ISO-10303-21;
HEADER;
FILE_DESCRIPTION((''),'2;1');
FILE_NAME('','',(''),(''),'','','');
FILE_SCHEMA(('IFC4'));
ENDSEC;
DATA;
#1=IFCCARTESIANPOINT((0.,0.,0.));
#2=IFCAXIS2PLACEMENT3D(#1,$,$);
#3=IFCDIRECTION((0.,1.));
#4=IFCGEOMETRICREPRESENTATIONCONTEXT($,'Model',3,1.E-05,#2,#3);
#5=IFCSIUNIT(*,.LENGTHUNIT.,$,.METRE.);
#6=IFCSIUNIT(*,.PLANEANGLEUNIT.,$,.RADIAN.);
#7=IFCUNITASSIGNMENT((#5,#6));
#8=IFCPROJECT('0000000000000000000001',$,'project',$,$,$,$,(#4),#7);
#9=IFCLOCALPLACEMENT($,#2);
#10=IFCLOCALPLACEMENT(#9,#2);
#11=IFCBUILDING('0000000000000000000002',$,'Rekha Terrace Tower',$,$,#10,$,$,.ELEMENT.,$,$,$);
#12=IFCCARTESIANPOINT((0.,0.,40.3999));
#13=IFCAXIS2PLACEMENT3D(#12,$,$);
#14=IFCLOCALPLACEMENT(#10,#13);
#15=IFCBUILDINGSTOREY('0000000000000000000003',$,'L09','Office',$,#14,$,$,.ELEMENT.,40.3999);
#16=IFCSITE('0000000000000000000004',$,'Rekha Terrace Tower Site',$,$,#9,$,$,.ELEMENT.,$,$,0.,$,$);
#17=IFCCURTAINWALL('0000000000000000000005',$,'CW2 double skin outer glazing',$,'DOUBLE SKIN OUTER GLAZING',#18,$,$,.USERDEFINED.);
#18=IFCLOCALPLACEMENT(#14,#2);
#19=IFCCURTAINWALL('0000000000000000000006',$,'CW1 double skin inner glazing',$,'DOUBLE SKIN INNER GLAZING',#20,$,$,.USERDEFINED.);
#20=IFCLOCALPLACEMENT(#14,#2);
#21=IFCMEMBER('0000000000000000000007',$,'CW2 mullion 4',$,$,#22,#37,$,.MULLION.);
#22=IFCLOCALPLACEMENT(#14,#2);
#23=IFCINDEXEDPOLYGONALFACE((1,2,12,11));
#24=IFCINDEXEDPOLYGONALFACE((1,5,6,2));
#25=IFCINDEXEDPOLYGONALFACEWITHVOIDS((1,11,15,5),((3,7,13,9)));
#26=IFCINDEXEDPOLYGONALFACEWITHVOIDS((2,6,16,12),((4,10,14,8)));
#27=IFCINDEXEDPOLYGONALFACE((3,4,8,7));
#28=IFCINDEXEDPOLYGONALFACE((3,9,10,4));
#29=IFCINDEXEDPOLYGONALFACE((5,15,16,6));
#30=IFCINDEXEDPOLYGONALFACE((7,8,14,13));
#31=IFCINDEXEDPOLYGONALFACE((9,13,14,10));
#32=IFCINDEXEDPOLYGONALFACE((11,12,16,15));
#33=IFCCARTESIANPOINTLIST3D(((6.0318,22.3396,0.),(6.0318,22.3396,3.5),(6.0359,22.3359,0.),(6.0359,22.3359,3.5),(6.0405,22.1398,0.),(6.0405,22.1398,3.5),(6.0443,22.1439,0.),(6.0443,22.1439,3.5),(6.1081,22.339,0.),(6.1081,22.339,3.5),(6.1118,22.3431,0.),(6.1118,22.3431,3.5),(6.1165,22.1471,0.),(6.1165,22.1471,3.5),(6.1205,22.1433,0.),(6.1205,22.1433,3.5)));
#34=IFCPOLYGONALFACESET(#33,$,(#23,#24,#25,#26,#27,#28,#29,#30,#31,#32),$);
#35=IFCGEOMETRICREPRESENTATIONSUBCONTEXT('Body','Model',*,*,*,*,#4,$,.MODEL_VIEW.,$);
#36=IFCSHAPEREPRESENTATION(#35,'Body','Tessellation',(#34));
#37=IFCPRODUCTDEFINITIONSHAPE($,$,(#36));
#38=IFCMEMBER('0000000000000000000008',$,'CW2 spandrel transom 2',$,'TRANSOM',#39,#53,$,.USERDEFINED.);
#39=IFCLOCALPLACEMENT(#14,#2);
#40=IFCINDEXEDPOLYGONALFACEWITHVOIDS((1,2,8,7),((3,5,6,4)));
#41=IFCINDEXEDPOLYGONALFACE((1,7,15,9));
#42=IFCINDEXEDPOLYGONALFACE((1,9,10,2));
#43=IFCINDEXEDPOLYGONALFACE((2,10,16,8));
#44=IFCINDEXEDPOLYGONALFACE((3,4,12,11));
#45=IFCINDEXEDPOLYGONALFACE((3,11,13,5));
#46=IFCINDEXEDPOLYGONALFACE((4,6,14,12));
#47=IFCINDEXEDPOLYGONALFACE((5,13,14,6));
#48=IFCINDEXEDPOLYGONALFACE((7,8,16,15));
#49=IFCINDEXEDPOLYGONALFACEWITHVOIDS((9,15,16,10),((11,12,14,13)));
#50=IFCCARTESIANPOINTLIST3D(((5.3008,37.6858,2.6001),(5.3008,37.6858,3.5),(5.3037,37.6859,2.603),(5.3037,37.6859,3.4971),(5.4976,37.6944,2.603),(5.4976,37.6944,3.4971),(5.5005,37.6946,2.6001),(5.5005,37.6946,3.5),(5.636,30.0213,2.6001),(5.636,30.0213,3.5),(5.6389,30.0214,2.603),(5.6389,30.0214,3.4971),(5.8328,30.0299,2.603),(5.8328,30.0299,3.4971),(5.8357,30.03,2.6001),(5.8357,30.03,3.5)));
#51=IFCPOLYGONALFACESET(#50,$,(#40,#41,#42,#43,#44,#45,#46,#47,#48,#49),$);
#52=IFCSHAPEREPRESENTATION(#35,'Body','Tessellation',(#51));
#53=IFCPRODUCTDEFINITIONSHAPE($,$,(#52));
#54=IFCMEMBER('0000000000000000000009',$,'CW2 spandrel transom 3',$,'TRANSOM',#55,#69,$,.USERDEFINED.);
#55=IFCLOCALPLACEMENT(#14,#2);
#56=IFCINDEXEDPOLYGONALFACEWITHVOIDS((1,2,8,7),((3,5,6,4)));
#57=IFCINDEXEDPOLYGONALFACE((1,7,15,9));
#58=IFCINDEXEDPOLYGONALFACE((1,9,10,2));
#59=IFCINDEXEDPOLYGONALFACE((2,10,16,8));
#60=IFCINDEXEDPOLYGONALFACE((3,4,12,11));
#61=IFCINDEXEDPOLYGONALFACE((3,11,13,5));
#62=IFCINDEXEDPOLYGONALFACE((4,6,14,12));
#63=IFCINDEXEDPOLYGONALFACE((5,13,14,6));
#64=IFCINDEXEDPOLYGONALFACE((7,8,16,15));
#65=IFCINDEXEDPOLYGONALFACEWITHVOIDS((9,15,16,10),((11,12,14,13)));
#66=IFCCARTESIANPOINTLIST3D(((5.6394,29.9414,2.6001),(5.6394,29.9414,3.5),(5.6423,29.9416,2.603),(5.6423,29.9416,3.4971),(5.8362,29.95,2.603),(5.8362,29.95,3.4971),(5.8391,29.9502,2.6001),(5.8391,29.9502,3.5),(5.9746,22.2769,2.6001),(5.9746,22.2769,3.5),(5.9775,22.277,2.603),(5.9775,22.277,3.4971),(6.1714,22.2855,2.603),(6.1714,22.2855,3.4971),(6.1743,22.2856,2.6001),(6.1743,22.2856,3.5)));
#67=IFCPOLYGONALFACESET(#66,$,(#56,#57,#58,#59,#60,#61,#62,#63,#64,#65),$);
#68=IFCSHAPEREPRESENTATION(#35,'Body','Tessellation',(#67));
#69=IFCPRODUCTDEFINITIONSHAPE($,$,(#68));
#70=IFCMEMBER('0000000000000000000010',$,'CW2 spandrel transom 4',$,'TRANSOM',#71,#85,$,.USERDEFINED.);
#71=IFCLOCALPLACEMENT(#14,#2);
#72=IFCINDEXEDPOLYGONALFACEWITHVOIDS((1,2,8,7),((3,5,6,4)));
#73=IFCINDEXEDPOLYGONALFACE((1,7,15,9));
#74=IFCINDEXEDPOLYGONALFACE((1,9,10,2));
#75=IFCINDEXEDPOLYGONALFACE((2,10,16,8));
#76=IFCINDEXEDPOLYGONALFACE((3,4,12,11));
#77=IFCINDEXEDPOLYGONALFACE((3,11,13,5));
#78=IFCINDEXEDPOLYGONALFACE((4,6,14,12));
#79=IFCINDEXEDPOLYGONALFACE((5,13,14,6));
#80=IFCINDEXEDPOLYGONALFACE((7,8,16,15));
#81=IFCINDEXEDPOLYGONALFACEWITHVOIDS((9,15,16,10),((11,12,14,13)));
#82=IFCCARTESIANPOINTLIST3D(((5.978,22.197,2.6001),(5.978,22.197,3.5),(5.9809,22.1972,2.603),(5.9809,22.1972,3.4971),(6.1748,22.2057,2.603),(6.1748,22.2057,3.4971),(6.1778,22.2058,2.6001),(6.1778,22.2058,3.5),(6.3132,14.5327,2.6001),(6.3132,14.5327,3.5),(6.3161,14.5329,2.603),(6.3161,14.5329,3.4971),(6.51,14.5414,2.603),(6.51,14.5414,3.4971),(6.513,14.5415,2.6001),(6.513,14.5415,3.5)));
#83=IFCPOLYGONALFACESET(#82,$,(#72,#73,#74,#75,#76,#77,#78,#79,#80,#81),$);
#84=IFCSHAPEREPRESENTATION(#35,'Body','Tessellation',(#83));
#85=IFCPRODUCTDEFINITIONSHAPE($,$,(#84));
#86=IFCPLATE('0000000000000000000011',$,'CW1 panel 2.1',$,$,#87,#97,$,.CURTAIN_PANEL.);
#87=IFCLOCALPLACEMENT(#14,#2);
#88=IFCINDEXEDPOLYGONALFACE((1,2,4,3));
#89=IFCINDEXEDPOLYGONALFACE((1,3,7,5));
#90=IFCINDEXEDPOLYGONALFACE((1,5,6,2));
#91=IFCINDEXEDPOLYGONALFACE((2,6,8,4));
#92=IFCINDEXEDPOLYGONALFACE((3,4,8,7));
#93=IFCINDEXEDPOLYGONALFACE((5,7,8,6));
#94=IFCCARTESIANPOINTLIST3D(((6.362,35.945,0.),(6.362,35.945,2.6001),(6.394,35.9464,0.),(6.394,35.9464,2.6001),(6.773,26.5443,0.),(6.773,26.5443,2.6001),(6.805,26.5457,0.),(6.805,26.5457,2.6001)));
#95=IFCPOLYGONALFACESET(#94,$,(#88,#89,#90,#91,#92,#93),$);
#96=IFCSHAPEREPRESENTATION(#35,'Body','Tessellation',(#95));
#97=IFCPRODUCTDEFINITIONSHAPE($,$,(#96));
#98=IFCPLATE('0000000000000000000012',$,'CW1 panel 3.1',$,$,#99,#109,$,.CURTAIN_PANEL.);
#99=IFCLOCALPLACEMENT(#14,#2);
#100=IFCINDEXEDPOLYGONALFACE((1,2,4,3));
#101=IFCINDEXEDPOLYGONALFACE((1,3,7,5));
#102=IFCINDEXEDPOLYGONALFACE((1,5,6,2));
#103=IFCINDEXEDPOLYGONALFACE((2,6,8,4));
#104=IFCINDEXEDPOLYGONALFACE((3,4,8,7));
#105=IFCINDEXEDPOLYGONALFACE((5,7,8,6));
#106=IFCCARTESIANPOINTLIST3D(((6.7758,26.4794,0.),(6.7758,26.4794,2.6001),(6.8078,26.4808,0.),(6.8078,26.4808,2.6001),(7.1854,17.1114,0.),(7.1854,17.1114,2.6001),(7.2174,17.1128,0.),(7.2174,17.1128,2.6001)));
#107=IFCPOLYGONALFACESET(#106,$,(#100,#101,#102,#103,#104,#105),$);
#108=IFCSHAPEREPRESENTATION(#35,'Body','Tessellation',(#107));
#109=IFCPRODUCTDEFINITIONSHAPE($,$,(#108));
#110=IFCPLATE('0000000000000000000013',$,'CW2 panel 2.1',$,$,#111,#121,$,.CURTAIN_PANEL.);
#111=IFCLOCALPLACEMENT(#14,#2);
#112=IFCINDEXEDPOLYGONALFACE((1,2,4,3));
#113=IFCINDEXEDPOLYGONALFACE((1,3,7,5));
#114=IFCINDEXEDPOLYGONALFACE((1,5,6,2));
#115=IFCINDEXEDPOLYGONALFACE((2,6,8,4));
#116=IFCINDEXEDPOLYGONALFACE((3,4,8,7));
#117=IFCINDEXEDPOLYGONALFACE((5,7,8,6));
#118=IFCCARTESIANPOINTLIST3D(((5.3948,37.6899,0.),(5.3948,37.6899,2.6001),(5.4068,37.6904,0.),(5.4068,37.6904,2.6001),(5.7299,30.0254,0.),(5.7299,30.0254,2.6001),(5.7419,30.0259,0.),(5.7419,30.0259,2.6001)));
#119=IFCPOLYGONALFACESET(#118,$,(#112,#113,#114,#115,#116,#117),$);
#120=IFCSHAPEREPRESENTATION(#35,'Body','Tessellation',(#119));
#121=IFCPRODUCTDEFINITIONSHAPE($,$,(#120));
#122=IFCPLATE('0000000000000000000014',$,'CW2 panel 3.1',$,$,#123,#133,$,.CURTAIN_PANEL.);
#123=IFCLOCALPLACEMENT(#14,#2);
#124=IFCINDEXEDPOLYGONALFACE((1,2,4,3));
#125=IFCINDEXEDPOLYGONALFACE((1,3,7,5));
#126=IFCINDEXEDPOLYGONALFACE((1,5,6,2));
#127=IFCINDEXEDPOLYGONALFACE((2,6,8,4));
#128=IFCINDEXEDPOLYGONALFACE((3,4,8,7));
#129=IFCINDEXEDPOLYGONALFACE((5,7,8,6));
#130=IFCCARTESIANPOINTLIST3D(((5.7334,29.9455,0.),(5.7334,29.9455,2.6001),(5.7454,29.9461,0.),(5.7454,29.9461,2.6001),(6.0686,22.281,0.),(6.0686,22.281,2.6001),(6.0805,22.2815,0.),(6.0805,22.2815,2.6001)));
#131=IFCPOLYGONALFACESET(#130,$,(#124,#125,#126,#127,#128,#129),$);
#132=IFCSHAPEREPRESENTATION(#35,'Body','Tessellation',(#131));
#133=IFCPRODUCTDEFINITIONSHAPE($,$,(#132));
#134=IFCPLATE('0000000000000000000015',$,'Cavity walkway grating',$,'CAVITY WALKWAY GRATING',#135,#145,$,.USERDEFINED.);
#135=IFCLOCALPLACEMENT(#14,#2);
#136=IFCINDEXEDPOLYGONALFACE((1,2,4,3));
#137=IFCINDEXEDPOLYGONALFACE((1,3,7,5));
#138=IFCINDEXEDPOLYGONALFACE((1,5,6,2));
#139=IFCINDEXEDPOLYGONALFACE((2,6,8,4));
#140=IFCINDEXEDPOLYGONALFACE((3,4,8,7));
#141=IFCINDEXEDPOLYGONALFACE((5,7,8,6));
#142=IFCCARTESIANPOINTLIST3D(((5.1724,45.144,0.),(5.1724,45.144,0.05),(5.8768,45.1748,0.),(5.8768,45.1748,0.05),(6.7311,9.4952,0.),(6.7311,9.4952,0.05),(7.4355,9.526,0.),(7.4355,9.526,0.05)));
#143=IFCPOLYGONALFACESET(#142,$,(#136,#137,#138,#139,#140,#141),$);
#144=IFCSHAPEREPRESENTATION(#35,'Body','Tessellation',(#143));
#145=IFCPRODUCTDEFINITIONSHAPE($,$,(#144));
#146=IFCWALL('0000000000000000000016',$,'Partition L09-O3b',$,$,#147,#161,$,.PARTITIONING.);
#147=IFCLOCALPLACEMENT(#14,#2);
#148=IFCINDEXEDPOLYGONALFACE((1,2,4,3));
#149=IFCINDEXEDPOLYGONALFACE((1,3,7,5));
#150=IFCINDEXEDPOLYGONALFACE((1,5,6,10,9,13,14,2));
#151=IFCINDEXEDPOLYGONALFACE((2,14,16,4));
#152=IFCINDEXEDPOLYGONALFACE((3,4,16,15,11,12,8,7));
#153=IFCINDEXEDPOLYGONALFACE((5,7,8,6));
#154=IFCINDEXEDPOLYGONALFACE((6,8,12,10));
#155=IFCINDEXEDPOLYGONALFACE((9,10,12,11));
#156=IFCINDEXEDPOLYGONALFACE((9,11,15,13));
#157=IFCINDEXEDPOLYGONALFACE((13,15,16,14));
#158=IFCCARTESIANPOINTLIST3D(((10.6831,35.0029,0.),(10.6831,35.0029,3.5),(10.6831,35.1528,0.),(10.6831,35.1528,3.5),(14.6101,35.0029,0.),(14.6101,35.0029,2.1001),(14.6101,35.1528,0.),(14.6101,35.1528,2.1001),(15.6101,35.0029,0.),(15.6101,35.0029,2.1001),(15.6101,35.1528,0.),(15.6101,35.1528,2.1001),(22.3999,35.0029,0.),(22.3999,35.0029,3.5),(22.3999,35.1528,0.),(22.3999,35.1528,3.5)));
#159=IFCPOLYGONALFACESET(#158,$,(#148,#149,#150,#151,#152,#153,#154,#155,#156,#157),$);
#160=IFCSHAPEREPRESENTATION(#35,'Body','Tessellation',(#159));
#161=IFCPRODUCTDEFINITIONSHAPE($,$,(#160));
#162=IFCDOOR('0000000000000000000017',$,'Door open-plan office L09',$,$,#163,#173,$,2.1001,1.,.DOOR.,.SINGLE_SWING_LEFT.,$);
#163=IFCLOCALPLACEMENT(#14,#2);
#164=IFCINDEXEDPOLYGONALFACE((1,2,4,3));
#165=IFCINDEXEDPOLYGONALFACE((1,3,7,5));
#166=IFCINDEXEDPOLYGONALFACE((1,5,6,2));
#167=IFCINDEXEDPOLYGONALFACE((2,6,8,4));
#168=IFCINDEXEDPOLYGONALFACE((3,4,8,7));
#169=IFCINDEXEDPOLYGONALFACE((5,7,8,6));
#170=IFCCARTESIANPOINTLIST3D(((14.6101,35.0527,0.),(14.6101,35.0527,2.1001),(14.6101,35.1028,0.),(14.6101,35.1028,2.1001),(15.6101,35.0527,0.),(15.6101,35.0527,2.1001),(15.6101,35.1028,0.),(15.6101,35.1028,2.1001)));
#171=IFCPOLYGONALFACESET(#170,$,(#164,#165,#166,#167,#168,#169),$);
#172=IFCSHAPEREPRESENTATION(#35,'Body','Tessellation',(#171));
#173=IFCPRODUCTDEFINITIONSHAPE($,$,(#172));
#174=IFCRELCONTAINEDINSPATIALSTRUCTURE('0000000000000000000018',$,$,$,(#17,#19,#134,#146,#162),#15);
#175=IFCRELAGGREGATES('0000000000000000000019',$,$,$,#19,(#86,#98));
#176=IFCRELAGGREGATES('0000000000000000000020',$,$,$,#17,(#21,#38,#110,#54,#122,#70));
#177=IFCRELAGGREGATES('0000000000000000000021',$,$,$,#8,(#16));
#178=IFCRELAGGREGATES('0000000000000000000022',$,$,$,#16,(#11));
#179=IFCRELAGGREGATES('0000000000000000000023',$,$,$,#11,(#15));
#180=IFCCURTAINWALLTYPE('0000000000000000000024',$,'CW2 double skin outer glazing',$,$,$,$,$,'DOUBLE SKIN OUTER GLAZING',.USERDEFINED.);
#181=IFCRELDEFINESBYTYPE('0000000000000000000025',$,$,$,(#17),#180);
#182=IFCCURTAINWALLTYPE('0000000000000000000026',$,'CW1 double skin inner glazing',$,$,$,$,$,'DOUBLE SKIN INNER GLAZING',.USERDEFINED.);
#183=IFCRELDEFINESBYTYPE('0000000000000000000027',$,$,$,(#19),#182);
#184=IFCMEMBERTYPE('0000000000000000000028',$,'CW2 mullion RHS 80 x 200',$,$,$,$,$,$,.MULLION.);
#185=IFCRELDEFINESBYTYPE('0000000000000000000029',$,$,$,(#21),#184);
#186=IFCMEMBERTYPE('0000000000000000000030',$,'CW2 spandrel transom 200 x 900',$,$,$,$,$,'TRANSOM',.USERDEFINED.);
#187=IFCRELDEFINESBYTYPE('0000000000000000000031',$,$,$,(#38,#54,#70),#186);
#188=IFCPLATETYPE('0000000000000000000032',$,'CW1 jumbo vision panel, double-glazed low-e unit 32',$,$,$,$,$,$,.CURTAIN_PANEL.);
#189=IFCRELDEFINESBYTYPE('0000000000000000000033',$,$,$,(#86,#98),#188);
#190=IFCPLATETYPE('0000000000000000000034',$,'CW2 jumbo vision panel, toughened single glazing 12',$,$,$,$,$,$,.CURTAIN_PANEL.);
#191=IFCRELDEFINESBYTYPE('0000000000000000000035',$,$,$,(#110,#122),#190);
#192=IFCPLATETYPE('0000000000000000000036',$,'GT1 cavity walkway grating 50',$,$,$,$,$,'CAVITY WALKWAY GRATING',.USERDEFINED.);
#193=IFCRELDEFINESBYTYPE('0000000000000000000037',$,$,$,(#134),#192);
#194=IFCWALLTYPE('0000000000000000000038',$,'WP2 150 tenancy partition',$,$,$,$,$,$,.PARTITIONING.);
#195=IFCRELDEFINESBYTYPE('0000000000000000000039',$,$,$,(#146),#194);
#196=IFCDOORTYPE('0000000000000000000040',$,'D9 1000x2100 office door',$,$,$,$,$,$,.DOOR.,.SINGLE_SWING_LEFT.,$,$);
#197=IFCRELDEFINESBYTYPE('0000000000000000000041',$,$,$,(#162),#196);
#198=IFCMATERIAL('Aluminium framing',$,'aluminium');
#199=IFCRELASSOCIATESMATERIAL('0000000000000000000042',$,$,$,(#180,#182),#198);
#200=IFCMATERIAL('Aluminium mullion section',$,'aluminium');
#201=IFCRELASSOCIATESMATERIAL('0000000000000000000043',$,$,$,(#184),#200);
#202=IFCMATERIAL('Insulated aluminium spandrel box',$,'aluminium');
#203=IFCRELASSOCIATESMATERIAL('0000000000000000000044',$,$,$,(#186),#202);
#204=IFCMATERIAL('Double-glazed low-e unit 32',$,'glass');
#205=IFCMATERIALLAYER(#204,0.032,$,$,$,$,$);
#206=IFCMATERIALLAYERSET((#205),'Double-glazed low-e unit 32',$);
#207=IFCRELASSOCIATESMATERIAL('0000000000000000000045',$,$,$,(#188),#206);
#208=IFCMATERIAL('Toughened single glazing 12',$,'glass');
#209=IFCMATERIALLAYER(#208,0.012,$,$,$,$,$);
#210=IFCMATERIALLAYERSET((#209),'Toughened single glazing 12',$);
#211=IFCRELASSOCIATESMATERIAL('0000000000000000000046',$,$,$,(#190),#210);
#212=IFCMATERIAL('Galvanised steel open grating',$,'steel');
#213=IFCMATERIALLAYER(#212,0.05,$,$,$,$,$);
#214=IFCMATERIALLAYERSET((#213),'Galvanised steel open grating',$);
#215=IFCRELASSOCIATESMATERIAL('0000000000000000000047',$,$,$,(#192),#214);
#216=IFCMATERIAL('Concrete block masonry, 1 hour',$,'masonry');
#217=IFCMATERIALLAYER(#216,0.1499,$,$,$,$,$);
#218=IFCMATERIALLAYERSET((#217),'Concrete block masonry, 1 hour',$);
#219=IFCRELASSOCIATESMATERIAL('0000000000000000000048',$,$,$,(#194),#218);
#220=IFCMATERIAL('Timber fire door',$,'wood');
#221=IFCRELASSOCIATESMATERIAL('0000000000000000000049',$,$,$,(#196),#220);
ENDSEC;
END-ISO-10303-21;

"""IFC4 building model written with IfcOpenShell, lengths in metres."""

from ifc_helpers import new_model, si_unit, direction, frame, frame_2d, origin, origin_2d, place, context, subcontext, project, spatial, rectangle, hollow_rectangle, extrude, material, layer, layer_set, material_profile, profile_set, type_object, element, fill, aggregate, save


model = new_model("IFC4")

# Units and contexts
model_context = context("Model", 3, precision=1e-05, world=origin(), true_north=direction((0.0, 1.0)))
body_context = subcontext(model_context, "Body", "Model", "MODEL_VIEW")
ifc_project = project(units=[si_unit("LENGTHUNIT", "METRE"), si_unit("PLANEANGLEUNIT", "RADIAN")], contexts=[model_context])

# Site, building, storey
site_placement = place(None, origin())
site = spatial("IfcSite", under=ifc_project, at=site_placement, Name="Rekha Terrace Tower Site", CompositionType="ELEMENT", RefElevation=0.0)
building_placement = place(site_placement, origin())
building = spatial("IfcBuilding", under=site, at=building_placement, Name="Rekha Terrace Tower", CompositionType="ELEMENT")
storey_placement = place(building_placement, frame((0.0, 0.0, 40.3999)))
storey = spatial("IfcBuildingStorey", under=building, at=storey_placement, Name="L09", Description="Office", CompositionType="ELEMENT", Elevation=40.3999)

# Curtain walls
ifc_material_1 = material(Name="Aluminium framing", Category="aluminium")
curtain_wall_type_1 = type_object("IfcCurtainWallType", Name="CW2 double skin outer glazing", ElementType="DOUBLE SKIN OUTER GLAZING", PredefinedType="USERDEFINED", material=ifc_material_1)
curtain_wall_1_placement = place(storey_placement, origin())
curtain_wall_1 = element("IfcCurtainWall", 1, at=curtain_wall_1_placement, inside=storey, type_object=curtain_wall_type_1, Name="CW2 double skin outer glazing", ObjectType="DOUBLE SKIN OUTER GLAZING", PredefinedType="USERDEFINED")
curtain_wall_type_2 = type_object("IfcCurtainWallType", Name="CW1 double skin inner glazing", ElementType="DOUBLE SKIN INNER GLAZING", PredefinedType="USERDEFINED", material=ifc_material_1)
curtain_wall_2_placement = place(storey_placement, origin())
curtain_wall_2 = element("IfcCurtainWall", 2, at=curtain_wall_2_placement, inside=storey, type_object=curtain_wall_type_2, Name="CW1 double skin inner glazing", ObjectType="DOUBLE SKIN INNER GLAZING", PredefinedType="USERDEFINED")
ifc_material_2 = material(Name="Aluminium mullion section", Category="aluminium")
ifc_material_3 = material(Name="Insulated aluminium spandrel box", Category="aluminium")

# Members
ifc_material_profile_1 = material_profile(ifc_material_2, hollow_rectangle(XDim=0.0801, YDim=0.2, WallThickness=0.0039, at=origin_2d()), Name="AL RHS 80x200")
ifc_profile_set_1 = profile_set([ifc_material_profile_1], Name="Aluminium mullion section")
member_type_1 = type_object("IfcMemberType", Name="CW2 mullion RHS 80 x 200", PredefinedType="MULLION", material=ifc_profile_set_1)
member_1_placement = place(storey_placement, frame((6.0762, 22.2415, 0.0), z_axis=(0.0, 0.0, 1.0), x_axis=(0.999045, 0.043683, 0.0)))
member_1 = element("IfcMember", 3, at=member_1_placement, type_object=member_type_1, Name="CW2 mullion 4", PredefinedType="MULLION", context=body_context, shape_type="SweptSolid", body=[
    extrude(hollow_rectangle(XDim=0.0801, YDim=0.2, WallThickness=0.0039, at=origin_2d()), origin(), (0.0, 0.0, 1.0), 3.5),
])
ifc_material_profile_2 = material_profile(ifc_material_3, hollow_rectangle(XDim=0.2, YDim=0.8999, WallThickness=0.0029, at=origin_2d()), Name="AL SPANDREL BOX 200x900")
ifc_profile_set_2 = profile_set([ifc_material_profile_2], Name="Insulated aluminium spandrel box")
member_type_2 = type_object("IfcMemberType", Name="CW2 spandrel transom 200 x 900", ElementType="TRANSOM", PredefinedType="USERDEFINED", material=ifc_profile_set_2)
member_2_placement = place(storey_placement, frame((5.4006, 37.6902, 3.05), z_axis=(0.043693, -0.999045, 0.0), x_axis=(0.999045, 0.043693, 0.0)))
member_2 = element("IfcMember", 4, at=member_2_placement, type_object=member_type_2, Name="CW2 spandrel transom 2", ObjectType="TRANSOM", PredefinedType="USERDEFINED", context=body_context, shape_type="SweptSolid", body=[
    extrude(hollow_rectangle(XDim=0.2, YDim=0.8999, WallThickness=0.0029, at=origin_2d()), origin(), (0.0, 0.0, 1.0), 7.6719),
])
member_3_placement = place(storey_placement, frame((5.7393, 29.9458, 3.05), z_axis=(0.043693, -0.999045, 0.0), x_axis=(0.999045, 0.043693, 0.0)))
member_3 = element("IfcMember", 5, at=member_3_placement, type_object=member_type_2, Name="CW2 spandrel transom 3", ObjectType="TRANSOM", PredefinedType="USERDEFINED", context=body_context, shape_type="SweptSolid", body=[
    extrude(hollow_rectangle(XDim=0.2, YDim=0.8999, WallThickness=0.0029, at=origin_2d()), origin(), (0.0, 0.0, 1.0), 7.6719),
])
member_4_placement = place(storey_placement, frame((6.0779, 22.2014, 3.05), z_axis=(0.043694, -0.999045, 0.0), x_axis=(0.999045, 0.043694, 0.0)))
member_4 = element("IfcMember", 6, at=member_4_placement, type_object=member_type_2, Name="CW2 spandrel transom 4", ObjectType="TRANSOM", PredefinedType="USERDEFINED", context=body_context, shape_type="SweptSolid", body=[
    extrude(hollow_rectangle(XDim=0.2, YDim=0.8999, WallThickness=0.0029, at=origin_2d()), origin(), (0.0, 0.0, 1.0), 7.6716),
])

# Plates
ifc_material_4 = material(Name="Double-glazed low-e unit 32", Category="glass")
ifc_layer_1 = layer(ifc_material_4, 0.032)
ifc_layer_set_1 = layer_set([ifc_layer_1], Name="Double-glazed low-e unit 32")
plate_type_1 = type_object("IfcPlateType", Name="CW1 jumbo vision panel, double-glazed low-e unit 32", PredefinedType="CURTAIN_PANEL", material=ifc_layer_set_1)
plate_1_placement = place(storey_placement, frame((6.5835, 31.2454, 0.0), z_axis=(0.0, 0.0, 1.0), x_axis=(0.043683, -0.999045, 0.0)))
plate_1 = element("IfcPlate", 7, at=plate_1_placement, type_object=plate_type_1, Name="CW1 panel 2.1", PredefinedType="CURTAIN_PANEL", context=body_context, shape_type="SweptSolid", body=[
    extrude(rectangle(XDim=9.4097, YDim=0.032, at=origin_2d()), origin(), (0.0, 0.0, 1.0), 2.6001),
])
plate_2_placement = place(storey_placement, frame((6.9966, 21.7961, 0.0), z_axis=(0.0, 0.0, 1.0), x_axis=(0.043683, -0.999045, 0.0)))
plate_2 = element("IfcPlate", 8, at=plate_2_placement, type_object=plate_type_1, Name="CW1 panel 3.1", PredefinedType="CURTAIN_PANEL", context=body_context, shape_type="SweptSolid", body=[
    extrude(rectangle(XDim=9.377, YDim=0.032, at=origin_2d()), origin(), (0.0, 0.0, 1.0), 2.6001),
])
aggregate(curtain_wall_2, [plate_1, plate_2])
ifc_material_5 = material(Name="Toughened single glazing 12", Category="glass")
ifc_layer_2 = layer(ifc_material_5, 0.012)
ifc_layer_set_2 = layer_set([ifc_layer_2], Name="Toughened single glazing 12")
plate_type_2 = type_object("IfcPlateType", Name="CW2 jumbo vision panel, toughened single glazing 12", PredefinedType="CURTAIN_PANEL", material=ifc_layer_set_2)
plate_3_placement = place(storey_placement, frame((5.5684, 33.8579, 0.0), z_axis=(0.0, 0.0, 1.0), x_axis=(0.043683, -0.999045, 0.0)))
plate_3 = element("IfcPlate", 9, at=plate_3_placement, type_object=plate_type_2, Name="CW2 panel 2.1", PredefinedType="CURTAIN_PANEL", context=body_context, shape_type="SweptSolid", body=[
    extrude(rectangle(XDim=7.6719, YDim=0.012, at=origin_2d()), origin(), (0.0, 0.0, 1.0), 2.6001),
])
plate_4_placement = place(storey_placement, frame((5.907, 26.1135, 0.0), z_axis=(0.0, 0.0, 1.0), x_axis=(0.043683, -0.999045, 0.0)))
plate_4 = element("IfcPlate", 10, at=plate_4_placement, type_object=plate_type_2, Name="CW2 panel 3.1", PredefinedType="CURTAIN_PANEL", context=body_context, shape_type="SweptSolid", body=[
    extrude(rectangle(XDim=7.6719, YDim=0.012, at=origin_2d()), origin(), (0.0, 0.0, 1.0), 2.6001),
])
aggregate(curtain_wall_1, [member_1, member_2, plate_3, member_3, plate_4, member_4])
ifc_material_6 = material(Name="Galvanised steel open grating", Category="steel")
ifc_layer_3 = layer(ifc_material_6, 0.05)
ifc_layer_set_3 = layer_set([ifc_layer_3], Name="Galvanised steel open grating")
plate_type_3 = type_object("IfcPlateType", Name="GT1 cavity walkway grating 50", ElementType="CAVITY WALKWAY GRATING", PredefinedType="USERDEFINED", material=ifc_layer_set_3)
plate_5_placement = place(storey_placement, frame((6.304, 27.335, 0.0), z_axis=(0.0, 0.0, 1.0), x_axis=(0.043683, -0.999045, 0.0)))
element("IfcPlate", 11, at=plate_5_placement, inside=storey, type_object=plate_type_3, Name="Cavity walkway grating", ObjectType="CAVITY WALKWAY GRATING", PredefinedType="USERDEFINED", context=body_context, shape_type="SweptSolid", body=[
    extrude(rectangle(XDim=35.6829, YDim=0.7051, at=origin_2d()), origin(), (0.0, 0.0, 1.0), 0.05),
])

# Wall, opening, door
ifc_material_7 = material(Name="Concrete block masonry, 1 hour", Category="masonry")
ifc_layer_4 = layer(ifc_material_7, 0.1499)
ifc_layer_set_4 = layer_set([ifc_layer_4], Name="Concrete block masonry, 1 hour")
wall_type_1 = type_object("IfcWallType", Name="WP2 150 tenancy partition", PredefinedType="PARTITIONING", material=ifc_layer_set_4)
wall_1_placement = place(storey_placement, frame((10.6831, 35.0779, 0.0), z_axis=(0.0, 0.0, 1.0), x_axis=(1.0, 0.0, 0.0)))
wall_1 = element("IfcWall", 12, at=wall_1_placement, inside=storey, type_object=wall_type_1, Name="Partition L09-O3b", PredefinedType="PARTITIONING", context=body_context, shape_type="SweptSolid", body=[
    extrude(rectangle(XDim=11.7168, YDim=0.1499, at=frame_2d((5.8584, 0.0))), origin(), (0.0, 0.0, 1.0), 3.5),
])
opening_1_placement = place(wall_1_placement, frame((3.927, 0.0, 0.0)))
opening_1 = element("IfcOpeningElement", 13, at=opening_1_placement, cuts=wall_1, PredefinedType="OPENING", context=body_context, shape_type="SweptSolid", body=[
    extrude(rectangle(XDim=1.0, YDim=2.1001, at=frame_2d((0.5, 1.05))), frame((0.0, 0.085, 0.0), z_axis=(0.0, -1.0, 0.0), x_axis=(1.0, 0.0, 0.0)), (0.0, 0.0, 1.0), 0.1699),
])
ifc_material_8 = material(Name="Timber fire door", Category="wood")
door_type_1 = type_object("IfcDoorType", Name="D9 1000x2100 office door", OperationType="SINGLE_SWING_LEFT", PredefinedType="DOOR", material=ifc_material_8)
door_1_placement = place(opening_1_placement, origin())
door_1 = element("IfcDoor", 14, at=door_1_placement, inside=storey, type_object=door_type_1, Name="Door open-plan office L09", OperationType="SINGLE_SWING_LEFT", OverallHeight=2.1001, OverallWidth=1.0, PredefinedType="DOOR", context=body_context, shape_type="SweptSolid", body=[
    extrude(rectangle(XDim=1.0, YDim=2.1001, at=frame_2d((0.5, 1.05))), frame((0.0, 0.0249, 0.0), z_axis=(0.0, -1.0, 0.0), x_axis=(1.0, 0.0, 0.0)), (0.0, 0.0, 1.0), 0.05),
])
fill(opening_1, door_1)

save(model, "model.ifc")
